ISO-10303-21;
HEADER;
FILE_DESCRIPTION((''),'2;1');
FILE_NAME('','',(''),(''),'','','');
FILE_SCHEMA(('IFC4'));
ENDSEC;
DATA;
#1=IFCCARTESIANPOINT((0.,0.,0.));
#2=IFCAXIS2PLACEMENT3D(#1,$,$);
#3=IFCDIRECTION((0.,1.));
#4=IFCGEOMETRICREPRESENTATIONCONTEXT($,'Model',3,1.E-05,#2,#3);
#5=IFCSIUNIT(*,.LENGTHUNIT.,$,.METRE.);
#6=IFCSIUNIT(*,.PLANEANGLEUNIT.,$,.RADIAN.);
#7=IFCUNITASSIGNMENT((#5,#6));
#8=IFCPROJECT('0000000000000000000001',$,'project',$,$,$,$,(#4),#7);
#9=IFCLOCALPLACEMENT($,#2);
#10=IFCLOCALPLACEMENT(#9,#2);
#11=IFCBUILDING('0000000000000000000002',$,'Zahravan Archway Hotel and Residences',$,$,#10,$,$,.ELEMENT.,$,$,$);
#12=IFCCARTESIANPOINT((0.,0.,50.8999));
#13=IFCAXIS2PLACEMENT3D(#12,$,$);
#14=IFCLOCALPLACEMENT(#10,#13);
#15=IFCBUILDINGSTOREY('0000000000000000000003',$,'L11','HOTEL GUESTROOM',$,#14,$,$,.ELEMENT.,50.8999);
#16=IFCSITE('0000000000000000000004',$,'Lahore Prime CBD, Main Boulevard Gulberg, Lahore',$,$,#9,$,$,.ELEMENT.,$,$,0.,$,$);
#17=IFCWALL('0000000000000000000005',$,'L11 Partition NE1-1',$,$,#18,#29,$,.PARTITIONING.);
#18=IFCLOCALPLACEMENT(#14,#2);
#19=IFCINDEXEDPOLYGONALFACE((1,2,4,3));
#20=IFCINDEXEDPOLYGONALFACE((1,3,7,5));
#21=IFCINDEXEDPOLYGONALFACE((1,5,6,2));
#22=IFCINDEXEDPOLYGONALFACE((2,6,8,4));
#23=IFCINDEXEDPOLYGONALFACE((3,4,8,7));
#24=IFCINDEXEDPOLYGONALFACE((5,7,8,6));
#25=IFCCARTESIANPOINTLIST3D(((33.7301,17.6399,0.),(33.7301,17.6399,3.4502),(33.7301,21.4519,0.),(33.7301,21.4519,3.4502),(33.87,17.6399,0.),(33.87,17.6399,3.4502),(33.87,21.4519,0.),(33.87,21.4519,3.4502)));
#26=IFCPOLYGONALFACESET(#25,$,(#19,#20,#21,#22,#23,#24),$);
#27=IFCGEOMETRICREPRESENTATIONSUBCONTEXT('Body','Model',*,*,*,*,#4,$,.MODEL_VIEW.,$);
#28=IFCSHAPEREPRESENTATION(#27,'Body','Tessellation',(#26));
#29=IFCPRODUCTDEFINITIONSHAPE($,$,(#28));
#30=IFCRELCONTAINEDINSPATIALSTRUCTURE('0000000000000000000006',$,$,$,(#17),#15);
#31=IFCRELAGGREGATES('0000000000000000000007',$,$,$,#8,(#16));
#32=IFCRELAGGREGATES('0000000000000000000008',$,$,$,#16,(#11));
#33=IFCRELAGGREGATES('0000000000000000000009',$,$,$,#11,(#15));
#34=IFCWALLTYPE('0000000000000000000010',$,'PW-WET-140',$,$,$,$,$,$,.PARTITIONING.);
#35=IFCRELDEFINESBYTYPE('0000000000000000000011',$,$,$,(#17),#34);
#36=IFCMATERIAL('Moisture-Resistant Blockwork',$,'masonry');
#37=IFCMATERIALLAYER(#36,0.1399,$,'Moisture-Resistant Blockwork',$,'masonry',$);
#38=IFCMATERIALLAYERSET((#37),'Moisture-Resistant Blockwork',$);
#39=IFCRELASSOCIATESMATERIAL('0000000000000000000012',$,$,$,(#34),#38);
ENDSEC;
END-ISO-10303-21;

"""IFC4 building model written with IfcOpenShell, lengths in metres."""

from ifc_helpers import new_model, si_unit, direction, frame, frame_2d, origin, place, context, subcontext, project, spatial, rectangle, extrude, material, layer, layer_set, type_object, element, save


model = new_model("IFC4")

# Units and contexts
model_context = context("Model", 3, precision=1e-05, world=origin(), true_north=direction((0.0, 1.0)))
body_context = subcontext(model_context, "Body", "Model", "MODEL_VIEW")
ifc_project = project(units=[si_unit("LENGTHUNIT", "METRE"), si_unit("PLANEANGLEUNIT", "RADIAN")], contexts=[model_context])

# Site, building, storey
site_placement = place(None, origin())
site = spatial("IfcSite", under=ifc_project, at=site_placement, Name="Lahore Prime CBD, Main Boulevard Gulberg, Lahore", CompositionType="ELEMENT", RefElevation=0.0)
building_placement = place(site_placement, origin())
building = spatial("IfcBuilding", under=site, at=building_placement, Name="Zahravan Archway Hotel and Residences", CompositionType="ELEMENT")
storey_placement = place(building_placement, frame((0.0, 0.0, 50.8999)))
storey = spatial("IfcBuildingStorey", under=building, at=storey_placement, Name="L11", Description="HOTEL GUESTROOM", CompositionType="ELEMENT", Elevation=50.8999)

# Wall
ifc_material_1 = material(Name="Moisture-Resistant Blockwork", Category="masonry")
ifc_layer_1 = layer(ifc_material_1, 0.1399, Name="Moisture-Resistant Blockwork", Category="masonry")
ifc_layer_set_1 = layer_set([ifc_layer_1], Name="Moisture-Resistant Blockwork")
wall_type_1 = type_object("IfcWallType", Name="PW-WET-140", PredefinedType="PARTITIONING", material=ifc_layer_set_1)
wall_1_placement = place(storey_placement, frame((33.8, 17.6399, 0.0), z_axis=(0.0, 0.0, 1.0), x_axis=(0.0, 1.0, 0.0)))
element("IfcWall", 1, at=wall_1_placement, inside=storey, type_object=wall_type_1, Name="L11 Partition NE1-1", PredefinedType="PARTITIONING", context=body_context, shape_type="SweptSolid", body=[
    extrude(rectangle(XDim=3.812, YDim=0.1399, at=frame_2d((1.906, 0.0))), origin(), (0.0, 0.0, 1.0), 3.4502),
])

save(model, "model.ifc")
